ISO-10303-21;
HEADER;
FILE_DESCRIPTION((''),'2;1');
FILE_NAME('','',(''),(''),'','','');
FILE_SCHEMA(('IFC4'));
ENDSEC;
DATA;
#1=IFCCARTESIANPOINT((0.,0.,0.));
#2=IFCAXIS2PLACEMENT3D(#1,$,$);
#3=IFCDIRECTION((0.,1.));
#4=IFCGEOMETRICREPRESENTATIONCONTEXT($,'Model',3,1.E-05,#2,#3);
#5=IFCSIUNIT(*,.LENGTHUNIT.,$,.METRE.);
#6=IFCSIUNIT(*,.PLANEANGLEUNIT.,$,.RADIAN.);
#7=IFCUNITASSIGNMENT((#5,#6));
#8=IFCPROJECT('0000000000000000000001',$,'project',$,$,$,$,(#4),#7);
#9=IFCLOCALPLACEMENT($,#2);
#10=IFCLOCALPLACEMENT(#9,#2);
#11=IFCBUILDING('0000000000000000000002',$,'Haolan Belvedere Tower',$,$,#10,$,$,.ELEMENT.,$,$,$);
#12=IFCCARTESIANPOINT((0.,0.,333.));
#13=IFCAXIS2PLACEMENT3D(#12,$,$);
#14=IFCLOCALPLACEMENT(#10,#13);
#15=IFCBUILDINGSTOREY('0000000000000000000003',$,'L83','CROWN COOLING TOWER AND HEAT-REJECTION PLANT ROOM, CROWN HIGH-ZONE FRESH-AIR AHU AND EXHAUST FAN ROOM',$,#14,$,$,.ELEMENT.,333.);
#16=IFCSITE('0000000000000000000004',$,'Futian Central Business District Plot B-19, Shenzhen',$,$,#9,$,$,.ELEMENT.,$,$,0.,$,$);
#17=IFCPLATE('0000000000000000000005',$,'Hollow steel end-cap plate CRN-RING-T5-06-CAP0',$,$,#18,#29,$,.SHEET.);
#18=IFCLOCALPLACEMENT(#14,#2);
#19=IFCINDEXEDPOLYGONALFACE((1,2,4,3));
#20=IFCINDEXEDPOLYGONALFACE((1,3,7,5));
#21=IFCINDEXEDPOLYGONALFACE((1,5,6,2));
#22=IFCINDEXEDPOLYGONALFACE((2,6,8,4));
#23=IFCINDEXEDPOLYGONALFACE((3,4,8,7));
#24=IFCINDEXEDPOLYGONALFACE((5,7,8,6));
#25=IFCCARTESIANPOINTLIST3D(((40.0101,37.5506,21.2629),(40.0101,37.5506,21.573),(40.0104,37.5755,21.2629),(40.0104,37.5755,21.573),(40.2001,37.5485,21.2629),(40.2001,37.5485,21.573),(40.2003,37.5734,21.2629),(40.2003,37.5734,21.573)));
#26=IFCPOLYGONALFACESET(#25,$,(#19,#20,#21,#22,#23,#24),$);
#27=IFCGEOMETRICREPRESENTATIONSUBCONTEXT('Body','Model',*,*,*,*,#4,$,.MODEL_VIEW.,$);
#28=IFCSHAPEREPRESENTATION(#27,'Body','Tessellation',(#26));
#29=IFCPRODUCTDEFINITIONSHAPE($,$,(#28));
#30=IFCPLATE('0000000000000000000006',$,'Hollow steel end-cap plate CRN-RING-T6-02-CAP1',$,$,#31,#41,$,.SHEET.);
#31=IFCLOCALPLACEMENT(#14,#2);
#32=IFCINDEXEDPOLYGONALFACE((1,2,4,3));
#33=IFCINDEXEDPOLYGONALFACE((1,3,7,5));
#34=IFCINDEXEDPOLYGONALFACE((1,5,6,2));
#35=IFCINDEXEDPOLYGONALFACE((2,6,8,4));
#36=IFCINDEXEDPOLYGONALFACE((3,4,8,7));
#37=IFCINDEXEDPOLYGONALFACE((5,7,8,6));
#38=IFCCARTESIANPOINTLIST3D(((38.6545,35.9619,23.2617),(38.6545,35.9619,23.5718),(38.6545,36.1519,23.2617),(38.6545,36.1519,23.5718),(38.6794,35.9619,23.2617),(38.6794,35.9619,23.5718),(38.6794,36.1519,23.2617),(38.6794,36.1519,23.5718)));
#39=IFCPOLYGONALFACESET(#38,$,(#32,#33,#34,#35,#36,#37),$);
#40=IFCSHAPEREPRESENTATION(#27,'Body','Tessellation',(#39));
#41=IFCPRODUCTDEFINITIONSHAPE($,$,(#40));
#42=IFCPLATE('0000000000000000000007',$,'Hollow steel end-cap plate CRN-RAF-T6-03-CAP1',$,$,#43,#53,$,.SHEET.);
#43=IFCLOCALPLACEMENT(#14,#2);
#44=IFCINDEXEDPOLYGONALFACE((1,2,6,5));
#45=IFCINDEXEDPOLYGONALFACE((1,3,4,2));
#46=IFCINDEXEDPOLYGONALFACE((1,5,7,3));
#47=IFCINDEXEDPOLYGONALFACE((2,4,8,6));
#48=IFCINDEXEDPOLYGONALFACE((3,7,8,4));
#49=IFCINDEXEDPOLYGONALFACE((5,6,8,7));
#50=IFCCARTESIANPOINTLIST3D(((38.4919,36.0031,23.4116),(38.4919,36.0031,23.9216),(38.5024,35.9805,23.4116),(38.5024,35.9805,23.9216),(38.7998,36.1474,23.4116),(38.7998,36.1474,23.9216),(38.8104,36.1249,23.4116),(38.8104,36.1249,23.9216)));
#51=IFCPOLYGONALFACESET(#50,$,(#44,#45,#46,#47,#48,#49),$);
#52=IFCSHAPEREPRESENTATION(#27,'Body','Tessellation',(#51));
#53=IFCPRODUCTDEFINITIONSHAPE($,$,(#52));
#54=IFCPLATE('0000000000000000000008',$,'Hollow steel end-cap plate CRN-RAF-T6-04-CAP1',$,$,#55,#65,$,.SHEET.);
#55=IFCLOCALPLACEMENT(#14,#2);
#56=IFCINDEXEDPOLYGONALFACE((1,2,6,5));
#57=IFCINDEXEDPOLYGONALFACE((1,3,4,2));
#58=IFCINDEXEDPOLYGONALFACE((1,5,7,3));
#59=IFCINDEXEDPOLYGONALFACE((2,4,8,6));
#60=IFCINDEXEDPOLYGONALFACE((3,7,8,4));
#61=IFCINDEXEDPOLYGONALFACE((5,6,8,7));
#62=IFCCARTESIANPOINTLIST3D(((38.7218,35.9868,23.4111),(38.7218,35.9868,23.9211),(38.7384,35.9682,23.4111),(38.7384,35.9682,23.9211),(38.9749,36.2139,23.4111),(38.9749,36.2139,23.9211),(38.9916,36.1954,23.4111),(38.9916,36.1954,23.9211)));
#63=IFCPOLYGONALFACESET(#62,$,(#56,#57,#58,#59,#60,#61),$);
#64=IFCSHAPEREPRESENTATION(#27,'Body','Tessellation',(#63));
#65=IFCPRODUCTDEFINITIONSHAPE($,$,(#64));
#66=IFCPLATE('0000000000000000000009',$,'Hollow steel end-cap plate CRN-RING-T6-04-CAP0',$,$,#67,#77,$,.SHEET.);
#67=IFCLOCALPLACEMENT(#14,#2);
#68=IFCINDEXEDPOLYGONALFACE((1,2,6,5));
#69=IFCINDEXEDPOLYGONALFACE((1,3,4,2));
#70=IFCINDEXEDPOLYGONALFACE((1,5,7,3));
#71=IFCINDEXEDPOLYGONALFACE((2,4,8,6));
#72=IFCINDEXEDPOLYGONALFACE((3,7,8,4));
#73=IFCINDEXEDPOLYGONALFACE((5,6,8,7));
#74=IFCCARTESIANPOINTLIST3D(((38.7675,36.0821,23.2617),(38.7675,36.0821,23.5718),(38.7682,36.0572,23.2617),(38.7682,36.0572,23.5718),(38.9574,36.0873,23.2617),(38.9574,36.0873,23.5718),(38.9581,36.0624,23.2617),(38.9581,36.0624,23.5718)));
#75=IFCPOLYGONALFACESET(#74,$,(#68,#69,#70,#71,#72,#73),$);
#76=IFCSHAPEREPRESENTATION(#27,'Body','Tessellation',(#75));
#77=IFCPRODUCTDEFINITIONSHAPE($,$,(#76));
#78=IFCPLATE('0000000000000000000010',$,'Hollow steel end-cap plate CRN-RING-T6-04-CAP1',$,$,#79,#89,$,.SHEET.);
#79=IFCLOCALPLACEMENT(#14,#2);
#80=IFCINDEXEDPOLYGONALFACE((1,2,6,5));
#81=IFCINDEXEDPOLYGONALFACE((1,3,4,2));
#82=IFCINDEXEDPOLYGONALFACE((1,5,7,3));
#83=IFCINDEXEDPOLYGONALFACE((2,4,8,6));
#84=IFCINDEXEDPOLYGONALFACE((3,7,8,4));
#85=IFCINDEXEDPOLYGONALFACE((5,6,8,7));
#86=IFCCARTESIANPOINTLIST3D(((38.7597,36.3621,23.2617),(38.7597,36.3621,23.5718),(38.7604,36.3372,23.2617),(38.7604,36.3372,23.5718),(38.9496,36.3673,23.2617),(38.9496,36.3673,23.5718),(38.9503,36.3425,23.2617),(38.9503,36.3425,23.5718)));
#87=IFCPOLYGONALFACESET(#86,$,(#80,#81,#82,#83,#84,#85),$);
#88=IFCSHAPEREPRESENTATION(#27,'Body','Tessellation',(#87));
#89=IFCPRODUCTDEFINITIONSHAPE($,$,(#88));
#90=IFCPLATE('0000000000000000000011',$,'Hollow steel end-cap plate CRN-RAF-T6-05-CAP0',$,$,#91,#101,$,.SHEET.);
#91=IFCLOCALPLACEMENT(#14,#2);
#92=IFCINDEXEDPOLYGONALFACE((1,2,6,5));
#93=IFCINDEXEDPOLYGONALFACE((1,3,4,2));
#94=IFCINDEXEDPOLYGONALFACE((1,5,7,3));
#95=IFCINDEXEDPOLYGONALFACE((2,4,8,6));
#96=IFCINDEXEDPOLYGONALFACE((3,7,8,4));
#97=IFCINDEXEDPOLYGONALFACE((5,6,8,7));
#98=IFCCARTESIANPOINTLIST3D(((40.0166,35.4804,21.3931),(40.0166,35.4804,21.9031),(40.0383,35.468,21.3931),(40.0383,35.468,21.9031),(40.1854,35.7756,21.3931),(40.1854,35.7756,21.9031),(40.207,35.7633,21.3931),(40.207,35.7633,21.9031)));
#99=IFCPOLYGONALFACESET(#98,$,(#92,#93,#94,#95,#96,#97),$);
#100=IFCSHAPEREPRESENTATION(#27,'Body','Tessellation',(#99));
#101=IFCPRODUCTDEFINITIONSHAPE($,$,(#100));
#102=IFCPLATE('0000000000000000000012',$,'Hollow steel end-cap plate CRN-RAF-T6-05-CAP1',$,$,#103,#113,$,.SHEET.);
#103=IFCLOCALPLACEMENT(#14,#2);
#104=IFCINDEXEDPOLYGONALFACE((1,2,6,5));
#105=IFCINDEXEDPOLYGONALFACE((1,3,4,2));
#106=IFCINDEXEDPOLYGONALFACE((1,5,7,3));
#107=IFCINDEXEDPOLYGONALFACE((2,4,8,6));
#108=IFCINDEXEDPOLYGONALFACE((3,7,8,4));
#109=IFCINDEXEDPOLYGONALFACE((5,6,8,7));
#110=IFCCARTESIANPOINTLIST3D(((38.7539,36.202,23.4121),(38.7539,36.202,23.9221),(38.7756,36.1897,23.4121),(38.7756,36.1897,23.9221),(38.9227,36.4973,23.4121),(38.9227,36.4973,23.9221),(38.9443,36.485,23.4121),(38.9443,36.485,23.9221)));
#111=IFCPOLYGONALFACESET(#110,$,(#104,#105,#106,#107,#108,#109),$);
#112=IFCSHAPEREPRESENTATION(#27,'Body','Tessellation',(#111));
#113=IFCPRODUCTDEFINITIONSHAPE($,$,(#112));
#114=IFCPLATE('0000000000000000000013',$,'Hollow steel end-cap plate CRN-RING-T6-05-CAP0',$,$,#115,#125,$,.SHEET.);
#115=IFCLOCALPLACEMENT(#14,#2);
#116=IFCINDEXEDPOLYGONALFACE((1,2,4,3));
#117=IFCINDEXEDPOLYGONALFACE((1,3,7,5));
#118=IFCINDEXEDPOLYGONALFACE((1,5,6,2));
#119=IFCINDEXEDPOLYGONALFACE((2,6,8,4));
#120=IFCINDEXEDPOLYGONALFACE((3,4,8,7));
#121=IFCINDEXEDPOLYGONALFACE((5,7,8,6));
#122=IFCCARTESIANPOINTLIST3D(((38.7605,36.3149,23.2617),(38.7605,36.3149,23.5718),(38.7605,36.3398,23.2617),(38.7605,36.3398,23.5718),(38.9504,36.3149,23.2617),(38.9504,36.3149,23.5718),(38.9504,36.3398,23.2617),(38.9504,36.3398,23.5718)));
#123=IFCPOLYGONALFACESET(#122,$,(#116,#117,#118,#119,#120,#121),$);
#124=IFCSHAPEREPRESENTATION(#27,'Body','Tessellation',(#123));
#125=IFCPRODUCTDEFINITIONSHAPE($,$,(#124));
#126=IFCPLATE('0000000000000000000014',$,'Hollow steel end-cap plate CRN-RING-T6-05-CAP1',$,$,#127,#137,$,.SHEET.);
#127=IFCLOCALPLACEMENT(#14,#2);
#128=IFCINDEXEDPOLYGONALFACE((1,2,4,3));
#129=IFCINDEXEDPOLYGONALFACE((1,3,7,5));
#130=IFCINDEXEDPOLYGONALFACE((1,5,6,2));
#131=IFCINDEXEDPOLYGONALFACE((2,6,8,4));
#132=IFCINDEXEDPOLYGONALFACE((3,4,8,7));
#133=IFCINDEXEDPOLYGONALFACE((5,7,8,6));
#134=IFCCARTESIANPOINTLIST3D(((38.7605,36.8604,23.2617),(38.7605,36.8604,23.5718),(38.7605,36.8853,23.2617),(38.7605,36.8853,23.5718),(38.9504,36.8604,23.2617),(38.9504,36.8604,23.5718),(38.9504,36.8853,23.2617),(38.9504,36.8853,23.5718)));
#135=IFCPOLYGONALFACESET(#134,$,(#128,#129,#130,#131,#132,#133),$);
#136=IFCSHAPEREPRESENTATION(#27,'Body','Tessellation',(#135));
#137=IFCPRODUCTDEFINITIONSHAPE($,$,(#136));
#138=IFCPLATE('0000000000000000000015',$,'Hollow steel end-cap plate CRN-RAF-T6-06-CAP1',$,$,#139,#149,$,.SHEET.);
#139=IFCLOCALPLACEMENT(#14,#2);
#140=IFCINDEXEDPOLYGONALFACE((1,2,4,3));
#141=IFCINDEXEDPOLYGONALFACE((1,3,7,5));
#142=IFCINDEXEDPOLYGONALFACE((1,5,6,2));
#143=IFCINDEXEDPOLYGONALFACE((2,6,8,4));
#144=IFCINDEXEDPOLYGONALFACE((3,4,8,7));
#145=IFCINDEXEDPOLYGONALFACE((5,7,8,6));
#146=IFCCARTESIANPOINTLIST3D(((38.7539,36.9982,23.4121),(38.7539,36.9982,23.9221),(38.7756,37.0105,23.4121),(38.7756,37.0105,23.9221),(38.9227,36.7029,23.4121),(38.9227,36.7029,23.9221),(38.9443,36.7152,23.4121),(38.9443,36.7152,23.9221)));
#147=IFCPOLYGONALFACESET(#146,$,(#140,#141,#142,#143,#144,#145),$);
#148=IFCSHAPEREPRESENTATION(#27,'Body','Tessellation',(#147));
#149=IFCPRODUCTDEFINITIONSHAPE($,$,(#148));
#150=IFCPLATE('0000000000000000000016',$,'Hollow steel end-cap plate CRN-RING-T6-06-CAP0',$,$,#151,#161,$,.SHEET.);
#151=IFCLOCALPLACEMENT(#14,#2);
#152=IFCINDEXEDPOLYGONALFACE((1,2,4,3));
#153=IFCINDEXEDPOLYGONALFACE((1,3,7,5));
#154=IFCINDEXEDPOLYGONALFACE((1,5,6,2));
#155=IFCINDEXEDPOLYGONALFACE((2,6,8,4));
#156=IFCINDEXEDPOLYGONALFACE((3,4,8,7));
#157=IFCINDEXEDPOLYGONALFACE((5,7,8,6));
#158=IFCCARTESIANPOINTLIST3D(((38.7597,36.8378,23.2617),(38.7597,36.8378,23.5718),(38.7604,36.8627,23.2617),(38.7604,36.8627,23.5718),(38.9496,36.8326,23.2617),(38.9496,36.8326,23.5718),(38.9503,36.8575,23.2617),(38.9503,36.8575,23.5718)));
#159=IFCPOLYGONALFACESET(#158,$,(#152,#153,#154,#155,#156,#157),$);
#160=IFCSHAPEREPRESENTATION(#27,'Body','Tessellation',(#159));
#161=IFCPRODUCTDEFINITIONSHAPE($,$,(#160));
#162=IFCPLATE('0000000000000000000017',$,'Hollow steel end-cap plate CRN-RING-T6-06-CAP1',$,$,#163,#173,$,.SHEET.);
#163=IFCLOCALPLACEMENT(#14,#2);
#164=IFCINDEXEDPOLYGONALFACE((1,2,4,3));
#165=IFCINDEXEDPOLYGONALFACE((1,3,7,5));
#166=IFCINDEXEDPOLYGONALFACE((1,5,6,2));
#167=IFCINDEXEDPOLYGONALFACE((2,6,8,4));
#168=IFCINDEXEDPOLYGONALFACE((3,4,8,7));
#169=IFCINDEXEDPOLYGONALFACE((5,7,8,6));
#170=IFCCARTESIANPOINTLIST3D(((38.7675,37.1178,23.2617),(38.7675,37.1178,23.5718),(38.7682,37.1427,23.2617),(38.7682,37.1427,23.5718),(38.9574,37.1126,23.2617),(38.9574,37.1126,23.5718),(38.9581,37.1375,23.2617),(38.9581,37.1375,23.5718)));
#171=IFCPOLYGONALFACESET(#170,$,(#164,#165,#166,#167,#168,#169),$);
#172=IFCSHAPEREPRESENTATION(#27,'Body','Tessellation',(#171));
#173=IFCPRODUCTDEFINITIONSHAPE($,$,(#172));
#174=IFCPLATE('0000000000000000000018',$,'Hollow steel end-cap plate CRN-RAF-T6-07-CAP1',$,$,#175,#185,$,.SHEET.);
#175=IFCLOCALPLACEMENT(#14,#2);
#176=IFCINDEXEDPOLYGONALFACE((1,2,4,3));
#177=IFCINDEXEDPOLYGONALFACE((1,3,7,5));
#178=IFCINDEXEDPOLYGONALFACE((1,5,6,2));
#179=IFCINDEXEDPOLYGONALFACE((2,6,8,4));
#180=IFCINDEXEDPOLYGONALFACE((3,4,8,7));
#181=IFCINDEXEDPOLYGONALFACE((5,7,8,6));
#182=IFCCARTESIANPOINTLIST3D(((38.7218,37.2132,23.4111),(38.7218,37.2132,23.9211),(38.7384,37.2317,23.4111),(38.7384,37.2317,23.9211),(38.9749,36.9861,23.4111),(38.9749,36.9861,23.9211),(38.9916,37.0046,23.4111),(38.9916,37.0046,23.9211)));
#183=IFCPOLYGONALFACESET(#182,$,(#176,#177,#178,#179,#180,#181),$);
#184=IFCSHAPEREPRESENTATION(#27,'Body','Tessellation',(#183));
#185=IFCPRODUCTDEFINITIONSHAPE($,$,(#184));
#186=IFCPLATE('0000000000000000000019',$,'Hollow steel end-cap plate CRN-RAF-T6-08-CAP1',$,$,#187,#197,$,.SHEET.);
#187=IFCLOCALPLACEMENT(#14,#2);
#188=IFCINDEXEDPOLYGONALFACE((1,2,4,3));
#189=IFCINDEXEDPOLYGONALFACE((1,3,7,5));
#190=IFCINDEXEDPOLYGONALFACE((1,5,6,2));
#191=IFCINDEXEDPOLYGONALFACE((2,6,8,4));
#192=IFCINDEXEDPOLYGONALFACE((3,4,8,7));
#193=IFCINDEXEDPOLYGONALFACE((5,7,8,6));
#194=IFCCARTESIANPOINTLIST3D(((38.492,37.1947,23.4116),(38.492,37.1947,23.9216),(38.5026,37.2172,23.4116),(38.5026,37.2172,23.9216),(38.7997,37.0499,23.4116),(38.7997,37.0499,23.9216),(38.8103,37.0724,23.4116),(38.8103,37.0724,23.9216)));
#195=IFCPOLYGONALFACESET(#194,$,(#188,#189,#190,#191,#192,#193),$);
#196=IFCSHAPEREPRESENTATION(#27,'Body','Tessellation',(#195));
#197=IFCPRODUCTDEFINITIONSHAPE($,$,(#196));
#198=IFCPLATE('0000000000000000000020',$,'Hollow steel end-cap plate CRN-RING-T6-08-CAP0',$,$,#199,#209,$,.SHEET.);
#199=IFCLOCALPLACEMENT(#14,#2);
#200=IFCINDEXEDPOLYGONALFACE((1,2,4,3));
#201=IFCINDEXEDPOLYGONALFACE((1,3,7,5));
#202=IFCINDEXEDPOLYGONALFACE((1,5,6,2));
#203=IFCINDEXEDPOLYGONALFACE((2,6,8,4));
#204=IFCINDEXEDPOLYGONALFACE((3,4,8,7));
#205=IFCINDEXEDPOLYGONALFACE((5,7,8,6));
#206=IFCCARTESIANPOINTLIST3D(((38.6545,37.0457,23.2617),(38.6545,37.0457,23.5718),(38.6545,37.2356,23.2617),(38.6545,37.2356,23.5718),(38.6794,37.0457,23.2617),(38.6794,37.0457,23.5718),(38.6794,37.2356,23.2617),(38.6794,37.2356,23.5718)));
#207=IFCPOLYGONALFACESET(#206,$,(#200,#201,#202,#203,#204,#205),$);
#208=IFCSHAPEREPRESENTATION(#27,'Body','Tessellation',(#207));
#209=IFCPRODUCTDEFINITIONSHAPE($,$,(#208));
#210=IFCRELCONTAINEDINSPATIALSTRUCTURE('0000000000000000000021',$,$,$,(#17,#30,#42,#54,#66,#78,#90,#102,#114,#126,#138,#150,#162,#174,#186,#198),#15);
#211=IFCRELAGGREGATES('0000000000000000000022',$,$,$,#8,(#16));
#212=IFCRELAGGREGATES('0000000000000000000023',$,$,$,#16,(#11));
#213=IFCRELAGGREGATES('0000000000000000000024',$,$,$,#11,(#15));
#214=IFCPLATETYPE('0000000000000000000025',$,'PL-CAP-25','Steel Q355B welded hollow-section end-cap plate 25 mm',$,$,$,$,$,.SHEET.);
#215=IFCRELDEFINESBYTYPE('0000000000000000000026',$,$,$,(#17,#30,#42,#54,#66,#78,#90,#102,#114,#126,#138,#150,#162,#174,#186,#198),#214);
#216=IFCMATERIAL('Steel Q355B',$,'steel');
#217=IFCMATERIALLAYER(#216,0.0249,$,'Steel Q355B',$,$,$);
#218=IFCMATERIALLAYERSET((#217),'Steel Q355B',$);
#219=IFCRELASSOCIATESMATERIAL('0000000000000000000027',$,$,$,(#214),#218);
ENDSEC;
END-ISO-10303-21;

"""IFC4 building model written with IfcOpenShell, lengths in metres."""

from ifc_helpers import new_model, si_unit, direction, frame, origin, origin_2d, place, context, subcontext, project, spatial, rectangle, extrude, material, layer, layer_set, type_object, element, save


model = new_model("IFC4")

# Units and contexts
model_context = context("Model", 3, precision=1e-05, world=origin(), true_north=direction((0.0, 1.0)))
body_context = subcontext(model_context, "Body", "Model", "MODEL_VIEW")
ifc_project = project(units=[si_unit("LENGTHUNIT", "METRE"), si_unit("PLANEANGLEUNIT", "RADIAN")], contexts=[model_context])

# Site, building, storey
site_placement = place(None, origin())
site = spatial("IfcSite", under=ifc_project, at=site_placement, Name="Futian Central Business District Plot B-19, Shenzhen", CompositionType="ELEMENT", RefElevation=0.0)
building_placement = place(site_placement, origin())
building = spatial("IfcBuilding", under=site, at=building_placement, Name="Haolan Belvedere Tower", CompositionType="ELEMENT")
storey_placement = place(building_placement, frame((0.0, 0.0, 333.0)))
storey = spatial("IfcBuildingStorey", under=building, at=storey_placement, Name="L83", Description="CROWN COOLING TOWER AND HEAT-REJECTION PLANT ROOM, CROWN HIGH-ZONE FRESH-AIR AHU AND EXHAUST FAN ROOM", CompositionType="ELEMENT", Elevation=333.0)

# Shared definitions
ifc_material = material(Name="Steel Q355B", Category="steel")

# Plates
ifc_layer = layer(ifc_material, 0.0249, Name="Steel Q355B")
ifc_layer_set = layer_set([ifc_layer], Name="Steel Q355B")
plate_type = type_object("IfcPlateType", Name="PL-CAP-25", Description="Steel Q355B welded hollow-section end-cap plate 25 mm", PredefinedType="SHEET", material=ifc_layer_set)
for number, where, z_axis, x_axis, name in (
    (1, (40.1052, 37.562, 21.2629), (0.0, 0.0, 1.0), (0.999942, -0.010768, 0.0), "Hollow steel end-cap plate CRN-RING-T5-06-CAP0"),
    (2, (38.667, 36.0569, 23.2617), (0.0, 0.0, 1.0), (0.0, 1.0, 0.0), "Hollow steel end-cap plate CRN-RING-T6-02-CAP1"),
):
    element("IfcPlate", number, at=place(storey_placement, frame(where, z_axis=z_axis, x_axis=x_axis)), inside=storey, type_object=plate_type, Name=name, PredefinedType="SHEET", context=body_context, shape_type="SweptSolid", body=[
        extrude(rectangle(XDim=0.1899, YDim=0.0249, at=origin_2d()), origin(), (0.0, 0.0, 1.0), 0.3101),
    ])
for number, where, z_axis, x_axis, name in (
    (3, (38.6511, 36.064, 23.4116), (0.0, 0.0, 1.0), (-0.905487, -0.424373, 0.0), "Hollow steel end-cap plate CRN-RAF-T6-03-CAP1"),
    (4, (38.8567, 36.0911, 23.4111), (0.0, 0.0, 1.0), (-0.744288, -0.667859, 0.0), "Hollow steel end-cap plate CRN-RAF-T6-04-CAP1"),
):
    element("IfcPlate", number, at=place(storey_placement, frame(where, z_axis=z_axis, x_axis=x_axis)), inside=storey, type_object=plate_type, Name=name, PredefinedType="SHEET", context=body_context, shape_type="SweptSolid", body=[
        extrude(rectangle(XDim=0.3401, YDim=0.0249, at=origin_2d()), origin(), (0.0, 0.0, 1.0), 0.51),
    ])
for number, where, z_axis, x_axis, name in (
    (5, (38.8628, 36.0723, 23.2617), (0.0, 0.0, 1.0), (0.999624, 0.027433, 0.0), "Hollow steel end-cap plate CRN-RING-T6-04-CAP0"),
    (6, (38.855, 36.3523, 23.2617), (0.0, 0.0, 1.0), (-0.999624, -0.027433, 0.0), "Hollow steel end-cap plate CRN-RING-T6-04-CAP1"),
):
    element("IfcPlate", number, at=place(storey_placement, frame(where, z_axis=z_axis, x_axis=x_axis)), inside=storey, type_object=plate_type, Name=name, PredefinedType="SHEET", context=body_context, shape_type="SweptSolid", body=[
        extrude(rectangle(XDim=0.1899, YDim=0.0249, at=origin_2d()), origin(), (0.0, 0.0, 1.0), 0.3101),
    ])
for number, where, z_axis, x_axis, name in (
    (7, (40.1118, 35.6218, 21.3931), (0.0, 0.0, 1.0), (0.496141, 0.868242, 0.0), "Hollow steel end-cap plate CRN-RAF-T6-05-CAP0"),
    (8, (38.8491, 36.3435, 23.4121), (0.0, 0.0, 1.0), (-0.496141, -0.868242, 0.0), "Hollow steel end-cap plate CRN-RAF-T6-05-CAP1"),
):
    element("IfcPlate", number, at=place(storey_placement, frame(where, z_axis=z_axis, x_axis=x_axis)), inside=storey, type_object=plate_type, Name=name, PredefinedType="SHEET", context=body_context, shape_type="SweptSolid", body=[
        extrude(rectangle(XDim=0.3401, YDim=0.0249, at=origin_2d()), origin(), (0.0, 0.0, 1.0), 0.51),
    ])
for number, where, z_axis, x_axis, name in (
    (9, (38.8555, 36.3274, 23.2617), (0.0, 0.0, 1.0), (1.0, 0.0, 0.0), "Hollow steel end-cap plate CRN-RING-T6-05-CAP0"),
    (10, (38.8555, 36.8728, 23.2617), (0.0, 0.0, 1.0), (-1.0, 0.0, 0.0), "Hollow steel end-cap plate CRN-RING-T6-05-CAP1"),
):
    element("IfcPlate", number, at=place(storey_placement, frame(where, z_axis=z_axis, x_axis=x_axis)), inside=storey, type_object=plate_type, Name=name, PredefinedType="SHEET", context=body_context, shape_type="SweptSolid", body=[
        extrude(rectangle(XDim=0.1899, YDim=0.0249, at=origin_2d()), origin(), (0.0, 0.0, 1.0), 0.3101),
    ])
plate_1_placement = place(storey_placement, frame((38.8491, 36.8567, 23.4121), z_axis=(0.0, 0.0, 1.0), x_axis=(0.496141, -0.868242, 0.0)))
element("IfcPlate", 11, at=plate_1_placement, inside=storey, type_object=plate_type, Name="Hollow steel end-cap plate CRN-RAF-T6-06-CAP1", PredefinedType="SHEET", context=body_context, shape_type="SweptSolid", body=[
    extrude(rectangle(XDim=0.3401, YDim=0.0249, at=origin_2d()), origin(), (0.0, 0.0, 1.0), 0.51),
])
for number, where, z_axis, x_axis, name in (
    (12, (38.855, 36.8477, 23.2617), (0.0, 0.0, 1.0), (0.999624, -0.027433, 0.0), "Hollow steel end-cap plate CRN-RING-T6-06-CAP0"),
    (13, (38.8628, 37.1277, 23.2617), (0.0, 0.0, 1.0), (-0.999624, 0.027433, 0.0), "Hollow steel end-cap plate CRN-RING-T6-06-CAP1"),
):
    element("IfcPlate", number, at=place(storey_placement, frame(where, z_axis=z_axis, x_axis=x_axis)), inside=storey, type_object=plate_type, Name=name, PredefinedType="SHEET", context=body_context, shape_type="SweptSolid", body=[
        extrude(rectangle(XDim=0.1899, YDim=0.0249, at=origin_2d()), origin(), (0.0, 0.0, 1.0), 0.3101),
    ])
for number, where, z_axis, x_axis, name in (
    (14, (38.8567, 37.1089, 23.4111), (0.0, 0.0, 1.0), (0.744288, -0.667859, 0.0), "Hollow steel end-cap plate CRN-RAF-T6-07-CAP1"),
    (15, (38.6511, 37.1335, 23.4116), (0.0, 0.0, 1.0), (0.904827, -0.425779, 0.0), "Hollow steel end-cap plate CRN-RAF-T6-08-CAP1"),
):
    element("IfcPlate", number, at=place(storey_placement, frame(where, z_axis=z_axis, x_axis=x_axis)), inside=storey, type_object=plate_type, Name=name, PredefinedType="SHEET", context=body_context, shape_type="SweptSolid", body=[
        extrude(rectangle(XDim=0.3401, YDim=0.0249, at=origin_2d()), origin(), (0.0, 0.0, 1.0), 0.51),
    ])
plate_2_placement = place(storey_placement, frame((38.667, 37.1406, 23.2617), z_axis=(0.0, 0.0, 1.0), x_axis=(0.0, 1.0, 0.0)))
element("IfcPlate", 16, at=plate_2_placement, inside=storey, type_object=plate_type, Name="Hollow steel end-cap plate CRN-RING-T6-08-CAP0", PredefinedType="SHEET", context=body_context, shape_type="SweptSolid", body=[
    extrude(rectangle(XDim=0.1899, YDim=0.0249, at=origin_2d()), origin(), (0.0, 0.0, 1.0), 0.3101),
])

save(model, "model.ifc")
